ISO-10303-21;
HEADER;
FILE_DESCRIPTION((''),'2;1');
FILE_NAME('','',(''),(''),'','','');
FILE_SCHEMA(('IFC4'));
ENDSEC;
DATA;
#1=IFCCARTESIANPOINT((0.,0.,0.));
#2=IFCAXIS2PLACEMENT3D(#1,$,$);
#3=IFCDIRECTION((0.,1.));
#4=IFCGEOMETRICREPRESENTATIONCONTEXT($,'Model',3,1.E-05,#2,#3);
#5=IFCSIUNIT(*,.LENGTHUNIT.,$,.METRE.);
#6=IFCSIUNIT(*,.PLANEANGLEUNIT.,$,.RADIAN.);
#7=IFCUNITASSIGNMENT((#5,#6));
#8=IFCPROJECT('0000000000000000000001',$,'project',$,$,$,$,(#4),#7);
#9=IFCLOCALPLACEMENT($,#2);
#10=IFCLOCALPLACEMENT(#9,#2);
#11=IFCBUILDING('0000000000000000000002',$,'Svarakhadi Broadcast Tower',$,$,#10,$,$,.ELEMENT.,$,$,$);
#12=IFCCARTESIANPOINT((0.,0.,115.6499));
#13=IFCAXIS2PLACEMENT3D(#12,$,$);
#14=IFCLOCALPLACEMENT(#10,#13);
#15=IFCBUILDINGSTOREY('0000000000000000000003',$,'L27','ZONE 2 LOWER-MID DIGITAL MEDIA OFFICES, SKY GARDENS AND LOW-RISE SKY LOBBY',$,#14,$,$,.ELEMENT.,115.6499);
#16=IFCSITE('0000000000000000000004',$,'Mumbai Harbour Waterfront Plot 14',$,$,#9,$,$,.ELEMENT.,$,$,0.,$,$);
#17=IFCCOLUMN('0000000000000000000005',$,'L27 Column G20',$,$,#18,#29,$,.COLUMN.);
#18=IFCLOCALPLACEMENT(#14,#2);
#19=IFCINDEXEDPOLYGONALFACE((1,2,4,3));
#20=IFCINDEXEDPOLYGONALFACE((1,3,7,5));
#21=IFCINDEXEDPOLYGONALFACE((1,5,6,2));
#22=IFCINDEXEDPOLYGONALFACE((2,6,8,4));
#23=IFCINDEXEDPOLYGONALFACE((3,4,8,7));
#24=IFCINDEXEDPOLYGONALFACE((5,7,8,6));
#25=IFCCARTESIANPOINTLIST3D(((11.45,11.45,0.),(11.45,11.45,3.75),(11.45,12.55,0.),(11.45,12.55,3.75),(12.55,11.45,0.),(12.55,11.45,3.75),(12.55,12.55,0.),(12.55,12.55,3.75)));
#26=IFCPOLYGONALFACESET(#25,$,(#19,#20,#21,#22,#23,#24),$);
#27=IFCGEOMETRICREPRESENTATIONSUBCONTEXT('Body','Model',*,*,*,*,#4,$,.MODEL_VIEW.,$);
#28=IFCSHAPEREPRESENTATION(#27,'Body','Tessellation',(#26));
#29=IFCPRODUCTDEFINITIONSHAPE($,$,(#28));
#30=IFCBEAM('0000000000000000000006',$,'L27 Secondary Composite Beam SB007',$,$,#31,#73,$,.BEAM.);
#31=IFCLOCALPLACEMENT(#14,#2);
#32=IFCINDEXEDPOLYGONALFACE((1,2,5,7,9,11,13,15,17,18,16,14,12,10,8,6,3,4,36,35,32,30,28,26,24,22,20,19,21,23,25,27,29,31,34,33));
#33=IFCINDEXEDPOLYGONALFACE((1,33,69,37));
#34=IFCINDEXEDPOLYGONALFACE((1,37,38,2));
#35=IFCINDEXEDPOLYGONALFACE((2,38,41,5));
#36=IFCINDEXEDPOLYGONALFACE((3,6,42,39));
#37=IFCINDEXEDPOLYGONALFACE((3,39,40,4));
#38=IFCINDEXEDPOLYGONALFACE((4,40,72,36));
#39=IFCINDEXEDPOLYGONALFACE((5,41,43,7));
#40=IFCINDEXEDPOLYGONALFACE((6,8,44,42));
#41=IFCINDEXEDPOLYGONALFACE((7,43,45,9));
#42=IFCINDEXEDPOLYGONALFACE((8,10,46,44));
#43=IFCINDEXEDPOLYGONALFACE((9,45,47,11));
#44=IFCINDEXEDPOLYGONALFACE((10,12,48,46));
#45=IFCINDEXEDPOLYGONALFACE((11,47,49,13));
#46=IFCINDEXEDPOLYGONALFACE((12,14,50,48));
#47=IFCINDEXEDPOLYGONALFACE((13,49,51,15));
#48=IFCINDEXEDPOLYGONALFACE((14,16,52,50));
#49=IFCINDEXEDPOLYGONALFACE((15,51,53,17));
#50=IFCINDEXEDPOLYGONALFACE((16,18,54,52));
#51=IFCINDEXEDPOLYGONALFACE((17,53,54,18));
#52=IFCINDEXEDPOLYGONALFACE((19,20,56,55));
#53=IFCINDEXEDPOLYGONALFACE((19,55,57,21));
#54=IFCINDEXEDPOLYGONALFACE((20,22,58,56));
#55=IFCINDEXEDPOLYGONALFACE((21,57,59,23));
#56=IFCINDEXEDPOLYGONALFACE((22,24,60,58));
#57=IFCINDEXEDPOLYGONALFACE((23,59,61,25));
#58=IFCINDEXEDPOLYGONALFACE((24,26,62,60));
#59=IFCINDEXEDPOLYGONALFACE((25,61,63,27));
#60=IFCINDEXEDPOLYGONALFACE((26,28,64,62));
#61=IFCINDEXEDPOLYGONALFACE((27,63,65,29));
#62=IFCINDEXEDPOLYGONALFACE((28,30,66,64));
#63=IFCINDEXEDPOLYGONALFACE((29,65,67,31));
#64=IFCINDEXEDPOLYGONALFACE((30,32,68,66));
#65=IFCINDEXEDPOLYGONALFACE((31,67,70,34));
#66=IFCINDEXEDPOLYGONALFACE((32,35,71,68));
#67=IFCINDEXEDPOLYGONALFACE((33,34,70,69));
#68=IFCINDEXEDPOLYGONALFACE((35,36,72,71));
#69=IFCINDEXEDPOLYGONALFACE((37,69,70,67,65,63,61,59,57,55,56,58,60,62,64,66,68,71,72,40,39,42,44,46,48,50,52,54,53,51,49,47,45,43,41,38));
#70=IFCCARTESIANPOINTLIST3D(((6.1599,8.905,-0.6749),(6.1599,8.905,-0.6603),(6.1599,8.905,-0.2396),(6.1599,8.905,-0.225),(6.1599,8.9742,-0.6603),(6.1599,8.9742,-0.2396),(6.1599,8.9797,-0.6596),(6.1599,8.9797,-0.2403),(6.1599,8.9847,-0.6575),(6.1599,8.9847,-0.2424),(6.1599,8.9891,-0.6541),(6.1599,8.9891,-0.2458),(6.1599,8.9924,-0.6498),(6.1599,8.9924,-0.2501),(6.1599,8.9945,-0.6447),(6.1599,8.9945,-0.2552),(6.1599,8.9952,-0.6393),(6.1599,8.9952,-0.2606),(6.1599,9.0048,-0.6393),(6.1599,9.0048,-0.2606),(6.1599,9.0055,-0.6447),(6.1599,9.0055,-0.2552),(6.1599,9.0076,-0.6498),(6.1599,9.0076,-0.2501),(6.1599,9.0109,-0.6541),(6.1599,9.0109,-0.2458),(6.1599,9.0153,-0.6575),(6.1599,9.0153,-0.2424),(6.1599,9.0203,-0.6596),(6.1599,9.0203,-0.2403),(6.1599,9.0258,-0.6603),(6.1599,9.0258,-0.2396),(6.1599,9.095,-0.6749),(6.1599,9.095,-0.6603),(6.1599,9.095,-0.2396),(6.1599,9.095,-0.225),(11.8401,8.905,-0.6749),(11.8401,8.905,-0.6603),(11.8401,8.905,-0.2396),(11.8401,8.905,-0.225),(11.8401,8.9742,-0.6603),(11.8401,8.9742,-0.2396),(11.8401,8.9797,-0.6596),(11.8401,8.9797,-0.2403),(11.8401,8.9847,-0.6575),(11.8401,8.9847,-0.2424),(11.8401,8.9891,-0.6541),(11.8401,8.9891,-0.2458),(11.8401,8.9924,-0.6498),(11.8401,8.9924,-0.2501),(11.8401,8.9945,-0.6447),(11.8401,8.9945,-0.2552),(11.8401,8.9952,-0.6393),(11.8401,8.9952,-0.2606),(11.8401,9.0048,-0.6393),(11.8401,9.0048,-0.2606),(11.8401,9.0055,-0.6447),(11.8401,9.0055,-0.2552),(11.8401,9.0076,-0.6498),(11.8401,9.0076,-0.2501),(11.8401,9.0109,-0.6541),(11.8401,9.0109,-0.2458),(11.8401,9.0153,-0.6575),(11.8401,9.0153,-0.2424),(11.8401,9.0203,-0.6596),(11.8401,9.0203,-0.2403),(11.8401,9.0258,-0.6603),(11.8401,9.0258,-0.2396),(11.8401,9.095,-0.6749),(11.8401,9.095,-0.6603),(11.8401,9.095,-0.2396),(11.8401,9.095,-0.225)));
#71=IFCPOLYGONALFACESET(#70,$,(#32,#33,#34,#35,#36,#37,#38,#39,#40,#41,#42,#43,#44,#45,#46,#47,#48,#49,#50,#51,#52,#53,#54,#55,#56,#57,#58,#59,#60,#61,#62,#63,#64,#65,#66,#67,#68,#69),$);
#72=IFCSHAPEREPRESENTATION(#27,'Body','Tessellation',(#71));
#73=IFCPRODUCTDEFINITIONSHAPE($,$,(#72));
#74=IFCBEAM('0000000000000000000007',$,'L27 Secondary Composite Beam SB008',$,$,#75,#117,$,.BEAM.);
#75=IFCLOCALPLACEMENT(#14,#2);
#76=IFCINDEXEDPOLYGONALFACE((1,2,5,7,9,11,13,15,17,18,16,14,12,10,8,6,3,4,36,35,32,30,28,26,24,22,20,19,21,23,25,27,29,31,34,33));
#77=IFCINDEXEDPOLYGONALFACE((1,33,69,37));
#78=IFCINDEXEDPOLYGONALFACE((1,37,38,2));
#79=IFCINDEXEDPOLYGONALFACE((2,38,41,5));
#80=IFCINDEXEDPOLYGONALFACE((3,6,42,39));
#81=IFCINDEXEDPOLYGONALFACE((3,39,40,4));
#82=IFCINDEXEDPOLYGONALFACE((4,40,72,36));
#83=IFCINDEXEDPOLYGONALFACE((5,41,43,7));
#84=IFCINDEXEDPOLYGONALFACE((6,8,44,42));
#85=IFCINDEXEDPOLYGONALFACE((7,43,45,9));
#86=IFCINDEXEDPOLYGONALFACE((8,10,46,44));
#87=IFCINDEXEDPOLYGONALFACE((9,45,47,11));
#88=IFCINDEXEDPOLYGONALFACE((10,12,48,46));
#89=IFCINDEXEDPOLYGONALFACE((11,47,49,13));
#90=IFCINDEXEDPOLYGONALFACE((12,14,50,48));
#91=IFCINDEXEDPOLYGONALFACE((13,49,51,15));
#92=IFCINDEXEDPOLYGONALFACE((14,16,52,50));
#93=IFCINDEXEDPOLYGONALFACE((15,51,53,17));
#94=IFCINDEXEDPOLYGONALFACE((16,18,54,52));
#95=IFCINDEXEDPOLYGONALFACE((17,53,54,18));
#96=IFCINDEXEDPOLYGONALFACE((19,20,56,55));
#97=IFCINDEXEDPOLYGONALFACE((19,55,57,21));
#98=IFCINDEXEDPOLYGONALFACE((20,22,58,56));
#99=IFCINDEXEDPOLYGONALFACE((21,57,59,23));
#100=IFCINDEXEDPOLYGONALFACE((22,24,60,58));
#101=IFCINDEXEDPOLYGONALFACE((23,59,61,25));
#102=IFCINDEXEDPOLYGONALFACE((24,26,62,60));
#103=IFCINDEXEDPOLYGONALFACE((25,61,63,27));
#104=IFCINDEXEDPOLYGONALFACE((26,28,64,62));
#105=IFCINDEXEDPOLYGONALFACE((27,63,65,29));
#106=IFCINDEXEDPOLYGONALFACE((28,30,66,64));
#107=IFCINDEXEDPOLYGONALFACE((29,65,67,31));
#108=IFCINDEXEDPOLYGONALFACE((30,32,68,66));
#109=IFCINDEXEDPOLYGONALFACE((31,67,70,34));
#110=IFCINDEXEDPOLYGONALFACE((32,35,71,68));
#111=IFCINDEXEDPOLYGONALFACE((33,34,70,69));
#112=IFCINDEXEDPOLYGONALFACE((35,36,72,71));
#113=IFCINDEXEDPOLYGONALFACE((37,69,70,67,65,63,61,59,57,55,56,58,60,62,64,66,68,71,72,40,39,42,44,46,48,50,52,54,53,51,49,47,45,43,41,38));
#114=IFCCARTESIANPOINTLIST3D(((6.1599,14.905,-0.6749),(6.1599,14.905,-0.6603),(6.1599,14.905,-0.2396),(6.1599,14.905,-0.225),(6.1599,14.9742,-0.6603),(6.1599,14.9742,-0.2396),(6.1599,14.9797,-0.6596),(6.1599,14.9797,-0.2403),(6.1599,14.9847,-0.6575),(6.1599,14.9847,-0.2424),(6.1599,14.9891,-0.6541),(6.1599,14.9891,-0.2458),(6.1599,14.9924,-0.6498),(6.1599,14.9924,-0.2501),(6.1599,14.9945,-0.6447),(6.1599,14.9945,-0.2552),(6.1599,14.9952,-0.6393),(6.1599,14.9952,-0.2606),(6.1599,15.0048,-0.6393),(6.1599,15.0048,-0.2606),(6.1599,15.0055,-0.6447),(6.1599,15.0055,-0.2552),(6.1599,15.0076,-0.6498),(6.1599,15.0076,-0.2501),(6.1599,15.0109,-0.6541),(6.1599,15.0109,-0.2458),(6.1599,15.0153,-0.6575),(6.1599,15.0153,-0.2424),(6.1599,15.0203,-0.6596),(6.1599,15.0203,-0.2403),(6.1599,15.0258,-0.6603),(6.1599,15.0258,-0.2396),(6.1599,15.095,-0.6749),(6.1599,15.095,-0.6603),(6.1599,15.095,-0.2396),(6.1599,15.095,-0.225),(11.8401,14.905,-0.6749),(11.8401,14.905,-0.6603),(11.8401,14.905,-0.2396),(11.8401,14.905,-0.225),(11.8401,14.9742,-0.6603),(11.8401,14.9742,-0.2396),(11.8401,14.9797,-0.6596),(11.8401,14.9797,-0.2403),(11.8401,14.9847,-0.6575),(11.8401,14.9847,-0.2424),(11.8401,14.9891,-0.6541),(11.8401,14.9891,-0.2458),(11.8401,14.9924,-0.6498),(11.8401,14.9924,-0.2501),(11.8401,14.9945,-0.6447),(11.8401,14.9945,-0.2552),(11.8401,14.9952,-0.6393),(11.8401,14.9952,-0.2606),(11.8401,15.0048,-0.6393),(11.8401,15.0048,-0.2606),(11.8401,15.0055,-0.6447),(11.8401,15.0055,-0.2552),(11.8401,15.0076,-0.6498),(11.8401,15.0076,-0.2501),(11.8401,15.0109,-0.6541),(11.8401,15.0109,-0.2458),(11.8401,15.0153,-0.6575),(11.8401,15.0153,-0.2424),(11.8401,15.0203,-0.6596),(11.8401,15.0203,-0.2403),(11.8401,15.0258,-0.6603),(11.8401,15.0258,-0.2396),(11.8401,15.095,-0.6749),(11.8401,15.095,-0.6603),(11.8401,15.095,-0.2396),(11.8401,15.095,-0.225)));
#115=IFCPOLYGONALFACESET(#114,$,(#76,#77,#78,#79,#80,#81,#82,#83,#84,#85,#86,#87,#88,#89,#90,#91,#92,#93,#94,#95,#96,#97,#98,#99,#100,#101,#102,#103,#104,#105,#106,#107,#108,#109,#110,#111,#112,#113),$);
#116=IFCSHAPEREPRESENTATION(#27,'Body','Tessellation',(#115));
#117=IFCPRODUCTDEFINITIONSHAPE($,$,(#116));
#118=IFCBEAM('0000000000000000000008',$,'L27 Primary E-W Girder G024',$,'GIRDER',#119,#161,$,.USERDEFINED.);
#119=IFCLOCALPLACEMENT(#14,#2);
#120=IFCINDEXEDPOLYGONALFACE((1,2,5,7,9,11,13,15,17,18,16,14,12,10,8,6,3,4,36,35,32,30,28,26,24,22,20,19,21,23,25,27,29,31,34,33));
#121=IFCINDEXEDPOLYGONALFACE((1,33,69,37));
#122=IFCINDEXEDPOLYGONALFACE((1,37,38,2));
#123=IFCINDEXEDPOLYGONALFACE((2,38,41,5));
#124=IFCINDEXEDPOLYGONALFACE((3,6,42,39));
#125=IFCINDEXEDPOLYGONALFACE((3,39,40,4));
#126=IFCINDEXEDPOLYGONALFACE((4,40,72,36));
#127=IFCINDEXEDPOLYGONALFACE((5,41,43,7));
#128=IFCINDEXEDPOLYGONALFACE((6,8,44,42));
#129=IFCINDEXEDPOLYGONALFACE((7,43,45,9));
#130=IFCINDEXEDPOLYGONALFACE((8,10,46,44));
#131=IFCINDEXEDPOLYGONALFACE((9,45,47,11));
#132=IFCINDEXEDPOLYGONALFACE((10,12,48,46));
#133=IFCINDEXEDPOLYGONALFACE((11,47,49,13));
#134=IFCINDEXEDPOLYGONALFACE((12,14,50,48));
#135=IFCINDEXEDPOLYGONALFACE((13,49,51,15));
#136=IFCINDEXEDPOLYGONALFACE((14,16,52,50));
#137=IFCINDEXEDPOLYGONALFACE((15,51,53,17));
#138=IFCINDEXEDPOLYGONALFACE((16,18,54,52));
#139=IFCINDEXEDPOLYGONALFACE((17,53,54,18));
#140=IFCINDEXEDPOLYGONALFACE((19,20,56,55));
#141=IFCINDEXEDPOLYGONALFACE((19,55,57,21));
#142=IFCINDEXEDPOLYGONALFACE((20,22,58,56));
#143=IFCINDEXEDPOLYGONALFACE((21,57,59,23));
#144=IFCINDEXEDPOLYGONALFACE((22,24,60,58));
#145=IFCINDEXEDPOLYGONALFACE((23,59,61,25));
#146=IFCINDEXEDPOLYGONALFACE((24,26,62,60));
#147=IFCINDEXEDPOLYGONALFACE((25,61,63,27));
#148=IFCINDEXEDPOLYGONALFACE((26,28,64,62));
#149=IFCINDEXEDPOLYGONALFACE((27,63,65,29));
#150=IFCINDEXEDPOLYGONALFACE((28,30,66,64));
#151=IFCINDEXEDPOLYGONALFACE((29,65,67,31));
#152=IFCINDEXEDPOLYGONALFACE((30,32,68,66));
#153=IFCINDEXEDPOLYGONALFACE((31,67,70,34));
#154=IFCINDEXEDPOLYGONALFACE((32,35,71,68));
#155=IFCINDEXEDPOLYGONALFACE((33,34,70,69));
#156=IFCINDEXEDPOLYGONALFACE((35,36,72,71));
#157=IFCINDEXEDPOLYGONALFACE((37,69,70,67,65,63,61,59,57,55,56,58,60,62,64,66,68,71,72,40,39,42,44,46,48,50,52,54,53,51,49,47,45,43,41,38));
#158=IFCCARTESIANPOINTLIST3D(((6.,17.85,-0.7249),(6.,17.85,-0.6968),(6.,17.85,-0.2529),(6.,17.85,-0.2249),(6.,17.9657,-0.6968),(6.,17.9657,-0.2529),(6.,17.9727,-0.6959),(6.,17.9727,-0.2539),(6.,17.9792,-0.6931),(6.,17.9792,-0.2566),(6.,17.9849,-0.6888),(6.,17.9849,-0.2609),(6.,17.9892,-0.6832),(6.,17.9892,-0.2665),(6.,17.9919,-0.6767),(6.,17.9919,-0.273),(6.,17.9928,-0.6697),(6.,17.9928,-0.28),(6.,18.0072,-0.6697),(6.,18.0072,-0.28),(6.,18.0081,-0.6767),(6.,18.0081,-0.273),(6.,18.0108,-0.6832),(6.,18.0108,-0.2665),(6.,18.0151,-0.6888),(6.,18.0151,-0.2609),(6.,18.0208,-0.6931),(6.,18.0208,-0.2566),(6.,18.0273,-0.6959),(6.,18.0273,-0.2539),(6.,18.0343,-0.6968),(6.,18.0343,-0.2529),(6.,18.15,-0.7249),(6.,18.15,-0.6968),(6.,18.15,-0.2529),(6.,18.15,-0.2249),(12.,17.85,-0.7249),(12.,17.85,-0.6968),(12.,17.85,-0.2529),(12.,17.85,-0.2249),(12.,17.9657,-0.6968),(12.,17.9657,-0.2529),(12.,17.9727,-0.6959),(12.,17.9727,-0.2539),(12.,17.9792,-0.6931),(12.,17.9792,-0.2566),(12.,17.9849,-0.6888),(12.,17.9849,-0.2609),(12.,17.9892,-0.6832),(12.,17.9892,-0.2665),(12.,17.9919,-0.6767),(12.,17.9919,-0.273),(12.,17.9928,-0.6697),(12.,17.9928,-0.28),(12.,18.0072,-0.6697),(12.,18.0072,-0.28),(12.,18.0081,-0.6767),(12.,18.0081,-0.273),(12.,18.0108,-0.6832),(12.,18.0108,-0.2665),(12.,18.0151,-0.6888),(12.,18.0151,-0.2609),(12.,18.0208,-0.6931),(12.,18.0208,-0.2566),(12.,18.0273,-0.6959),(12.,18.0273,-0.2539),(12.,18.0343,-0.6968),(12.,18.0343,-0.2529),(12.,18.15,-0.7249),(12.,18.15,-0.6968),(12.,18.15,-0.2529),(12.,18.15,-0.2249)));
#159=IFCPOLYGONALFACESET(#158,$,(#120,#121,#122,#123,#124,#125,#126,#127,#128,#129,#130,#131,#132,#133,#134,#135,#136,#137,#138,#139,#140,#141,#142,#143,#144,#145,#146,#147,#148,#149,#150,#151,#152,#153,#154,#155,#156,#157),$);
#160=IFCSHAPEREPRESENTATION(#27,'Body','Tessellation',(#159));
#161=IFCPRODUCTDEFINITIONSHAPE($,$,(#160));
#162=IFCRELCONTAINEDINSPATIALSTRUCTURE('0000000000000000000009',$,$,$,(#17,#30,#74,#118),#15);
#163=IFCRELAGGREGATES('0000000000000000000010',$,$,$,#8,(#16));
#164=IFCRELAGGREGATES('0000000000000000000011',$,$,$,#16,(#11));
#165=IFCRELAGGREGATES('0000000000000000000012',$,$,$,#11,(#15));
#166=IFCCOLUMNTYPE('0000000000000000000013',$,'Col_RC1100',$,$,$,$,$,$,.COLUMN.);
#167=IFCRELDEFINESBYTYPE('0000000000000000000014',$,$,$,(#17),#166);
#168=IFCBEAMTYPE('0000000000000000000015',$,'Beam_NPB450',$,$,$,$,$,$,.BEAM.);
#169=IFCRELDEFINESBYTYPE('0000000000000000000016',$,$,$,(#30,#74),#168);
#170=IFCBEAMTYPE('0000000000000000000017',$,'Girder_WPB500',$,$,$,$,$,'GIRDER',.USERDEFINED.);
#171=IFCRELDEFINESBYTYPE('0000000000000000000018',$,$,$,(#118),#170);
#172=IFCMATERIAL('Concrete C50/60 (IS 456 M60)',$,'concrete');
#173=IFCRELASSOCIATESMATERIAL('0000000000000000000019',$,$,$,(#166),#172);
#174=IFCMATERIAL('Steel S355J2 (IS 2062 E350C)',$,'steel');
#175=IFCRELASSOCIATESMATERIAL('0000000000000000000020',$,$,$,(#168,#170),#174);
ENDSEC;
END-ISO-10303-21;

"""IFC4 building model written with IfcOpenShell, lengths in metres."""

from ifc_helpers import new_model, si_unit, direction, frame, origin, origin_2d, place, context, subcontext, project, spatial, rectangle, i_section, extrude, material, material_profile, profile_set, type_object, element, save


model = new_model("IFC4")

# Units and contexts
model_context = context("Model", 3, precision=1e-05, world=origin(), true_north=direction((0.0, 1.0)))
body_context = subcontext(model_context, "Body", "Model", "MODEL_VIEW")
ifc_project = project(units=[si_unit("LENGTHUNIT", "METRE"), si_unit("PLANEANGLEUNIT", "RADIAN")], contexts=[model_context])

# Site, building, storey
site_placement = place(None, origin())
site = spatial("IfcSite", under=ifc_project, at=site_placement, Name="Mumbai Harbour Waterfront Plot 14", CompositionType="ELEMENT", RefElevation=0.0)
building_placement = place(site_placement, origin())
building = spatial("IfcBuilding", under=site, at=building_placement, Name="Svarakhadi Broadcast Tower", CompositionType="ELEMENT")
storey_placement = place(building_placement, frame((0.0, 0.0, 115.6499)))
storey = spatial("IfcBuildingStorey", under=building, at=storey_placement, Name="L27", Description="ZONE 2 LOWER-MID DIGITAL MEDIA OFFICES, SKY GARDENS AND LOW-RISE SKY LOBBY", CompositionType="ELEMENT", Elevation=115.6499)

# Column
ifc_material_1 = material(Name="Concrete C50/60 (IS 456 M60)", Category="concrete")
ifc_material_profile_1 = material_profile(ifc_material_1, rectangle(XDim=1.1001, YDim=1.1001, at=origin_2d()), Name="RC 1100x1100")
ifc_profile_set_1 = profile_set([ifc_material_profile_1], Name="Concrete C50/60 (IS 456 M60)")
column_type = type_object("IfcColumnType", Name="Col_RC1100", PredefinedType="COLUMN", material=ifc_profile_set_1)
column_placement = place(storey_placement, frame((12.0, 12.0, 0.0), z_axis=(0.0, 0.0, 1.0), x_axis=(1.0, 0.0, 0.0)))
element("IfcColumn", 1, at=column_placement, inside=storey, type_object=column_type, Name="L27 Column G20", PredefinedType="COLUMN", context=body_context, shape_type="SweptSolid", body=[
    extrude(rectangle(XDim=1.1001, YDim=1.1001, at=origin_2d()), origin(), (0.0, 0.0, 1.0), 3.75),
])

# Beams
ifc_material_2 = material(Name="Steel S355J2 (IS 2062 E350C)", Category="steel")
ifc_material_profile_2 = material_profile(ifc_material_2, i_section(OverallWidth=0.1899, OverallDepth=0.45, WebThickness=0.0095, FlangeThickness=0.0146, FilletRadius=0.021, at=origin_2d()), Name="NPB 450x190x78")
ifc_profile_set_2 = profile_set([ifc_material_profile_2], Name="Steel S355J2 (IS 2062 E350C)")
beam_type_1 = type_object("IfcBeamType", Name="Beam_NPB450", PredefinedType="BEAM", material=ifc_profile_set_2)
for number, where, z_axis, x_axis, name in (
    (2, (6.1599, 9.0, -0.45), (1.0, 0.0, 0.0), (0.0, 1.0, 0.0), "L27 Secondary Composite Beam SB007"),
    (3, (6.1599, 15.0, -0.45), (1.0, 0.0, 0.0), (0.0, 1.0, 0.0), "L27 Secondary Composite Beam SB008"),
):
    element("IfcBeam", number, at=place(storey_placement, frame(where, z_axis=z_axis, x_axis=x_axis)), inside=storey, type_object=beam_type_1, Name=name, PredefinedType="BEAM", context=body_context, shape_type="SweptSolid", body=[
        extrude(i_section(OverallWidth=0.1899, OverallDepth=0.45, WebThickness=0.0095, FlangeThickness=0.0146, FilletRadius=0.021, at=origin_2d()), origin(), (0.0, 0.0, 1.0), 5.6802),
    ])
ifc_material_profile_3 = material_profile(ifc_material_2, i_section(OverallWidth=0.3, OverallDepth=0.5, WebThickness=0.0144, FlangeThickness=0.0281, FilletRadius=0.0271, at=origin_2d()), Name="WPB 500x300x187")
ifc_profile_set_3 = profile_set([ifc_material_profile_3], Name="Steel S355J2 (IS 2062 E350C)")
beam_type_2 = type_object("IfcBeamType", Name="Girder_WPB500", ElementType="GIRDER", PredefinedType="USERDEFINED", material=ifc_profile_set_3)
beam_1_placement = place(storey_placement, frame((6.0, 18.0, -0.4749), z_axis=(1.0, 0.0, 0.0), x_axis=(0.0, 1.0, 0.0)))
element("IfcBeam", 4, at=beam_1_placement, inside=storey, type_object=beam_type_2, Name="L27 Primary E-W Girder G024", ObjectType="GIRDER", PredefinedType="USERDEFINED", context=body_context, shape_type="SweptSolid", body=[
    extrude(i_section(OverallWidth=0.3, OverallDepth=0.5, WebThickness=0.0144, FlangeThickness=0.0281, FilletRadius=0.0271, at=origin_2d()), origin(), (0.0, 0.0, 1.0), 6.0),
])

save(model, "model.ifc")
